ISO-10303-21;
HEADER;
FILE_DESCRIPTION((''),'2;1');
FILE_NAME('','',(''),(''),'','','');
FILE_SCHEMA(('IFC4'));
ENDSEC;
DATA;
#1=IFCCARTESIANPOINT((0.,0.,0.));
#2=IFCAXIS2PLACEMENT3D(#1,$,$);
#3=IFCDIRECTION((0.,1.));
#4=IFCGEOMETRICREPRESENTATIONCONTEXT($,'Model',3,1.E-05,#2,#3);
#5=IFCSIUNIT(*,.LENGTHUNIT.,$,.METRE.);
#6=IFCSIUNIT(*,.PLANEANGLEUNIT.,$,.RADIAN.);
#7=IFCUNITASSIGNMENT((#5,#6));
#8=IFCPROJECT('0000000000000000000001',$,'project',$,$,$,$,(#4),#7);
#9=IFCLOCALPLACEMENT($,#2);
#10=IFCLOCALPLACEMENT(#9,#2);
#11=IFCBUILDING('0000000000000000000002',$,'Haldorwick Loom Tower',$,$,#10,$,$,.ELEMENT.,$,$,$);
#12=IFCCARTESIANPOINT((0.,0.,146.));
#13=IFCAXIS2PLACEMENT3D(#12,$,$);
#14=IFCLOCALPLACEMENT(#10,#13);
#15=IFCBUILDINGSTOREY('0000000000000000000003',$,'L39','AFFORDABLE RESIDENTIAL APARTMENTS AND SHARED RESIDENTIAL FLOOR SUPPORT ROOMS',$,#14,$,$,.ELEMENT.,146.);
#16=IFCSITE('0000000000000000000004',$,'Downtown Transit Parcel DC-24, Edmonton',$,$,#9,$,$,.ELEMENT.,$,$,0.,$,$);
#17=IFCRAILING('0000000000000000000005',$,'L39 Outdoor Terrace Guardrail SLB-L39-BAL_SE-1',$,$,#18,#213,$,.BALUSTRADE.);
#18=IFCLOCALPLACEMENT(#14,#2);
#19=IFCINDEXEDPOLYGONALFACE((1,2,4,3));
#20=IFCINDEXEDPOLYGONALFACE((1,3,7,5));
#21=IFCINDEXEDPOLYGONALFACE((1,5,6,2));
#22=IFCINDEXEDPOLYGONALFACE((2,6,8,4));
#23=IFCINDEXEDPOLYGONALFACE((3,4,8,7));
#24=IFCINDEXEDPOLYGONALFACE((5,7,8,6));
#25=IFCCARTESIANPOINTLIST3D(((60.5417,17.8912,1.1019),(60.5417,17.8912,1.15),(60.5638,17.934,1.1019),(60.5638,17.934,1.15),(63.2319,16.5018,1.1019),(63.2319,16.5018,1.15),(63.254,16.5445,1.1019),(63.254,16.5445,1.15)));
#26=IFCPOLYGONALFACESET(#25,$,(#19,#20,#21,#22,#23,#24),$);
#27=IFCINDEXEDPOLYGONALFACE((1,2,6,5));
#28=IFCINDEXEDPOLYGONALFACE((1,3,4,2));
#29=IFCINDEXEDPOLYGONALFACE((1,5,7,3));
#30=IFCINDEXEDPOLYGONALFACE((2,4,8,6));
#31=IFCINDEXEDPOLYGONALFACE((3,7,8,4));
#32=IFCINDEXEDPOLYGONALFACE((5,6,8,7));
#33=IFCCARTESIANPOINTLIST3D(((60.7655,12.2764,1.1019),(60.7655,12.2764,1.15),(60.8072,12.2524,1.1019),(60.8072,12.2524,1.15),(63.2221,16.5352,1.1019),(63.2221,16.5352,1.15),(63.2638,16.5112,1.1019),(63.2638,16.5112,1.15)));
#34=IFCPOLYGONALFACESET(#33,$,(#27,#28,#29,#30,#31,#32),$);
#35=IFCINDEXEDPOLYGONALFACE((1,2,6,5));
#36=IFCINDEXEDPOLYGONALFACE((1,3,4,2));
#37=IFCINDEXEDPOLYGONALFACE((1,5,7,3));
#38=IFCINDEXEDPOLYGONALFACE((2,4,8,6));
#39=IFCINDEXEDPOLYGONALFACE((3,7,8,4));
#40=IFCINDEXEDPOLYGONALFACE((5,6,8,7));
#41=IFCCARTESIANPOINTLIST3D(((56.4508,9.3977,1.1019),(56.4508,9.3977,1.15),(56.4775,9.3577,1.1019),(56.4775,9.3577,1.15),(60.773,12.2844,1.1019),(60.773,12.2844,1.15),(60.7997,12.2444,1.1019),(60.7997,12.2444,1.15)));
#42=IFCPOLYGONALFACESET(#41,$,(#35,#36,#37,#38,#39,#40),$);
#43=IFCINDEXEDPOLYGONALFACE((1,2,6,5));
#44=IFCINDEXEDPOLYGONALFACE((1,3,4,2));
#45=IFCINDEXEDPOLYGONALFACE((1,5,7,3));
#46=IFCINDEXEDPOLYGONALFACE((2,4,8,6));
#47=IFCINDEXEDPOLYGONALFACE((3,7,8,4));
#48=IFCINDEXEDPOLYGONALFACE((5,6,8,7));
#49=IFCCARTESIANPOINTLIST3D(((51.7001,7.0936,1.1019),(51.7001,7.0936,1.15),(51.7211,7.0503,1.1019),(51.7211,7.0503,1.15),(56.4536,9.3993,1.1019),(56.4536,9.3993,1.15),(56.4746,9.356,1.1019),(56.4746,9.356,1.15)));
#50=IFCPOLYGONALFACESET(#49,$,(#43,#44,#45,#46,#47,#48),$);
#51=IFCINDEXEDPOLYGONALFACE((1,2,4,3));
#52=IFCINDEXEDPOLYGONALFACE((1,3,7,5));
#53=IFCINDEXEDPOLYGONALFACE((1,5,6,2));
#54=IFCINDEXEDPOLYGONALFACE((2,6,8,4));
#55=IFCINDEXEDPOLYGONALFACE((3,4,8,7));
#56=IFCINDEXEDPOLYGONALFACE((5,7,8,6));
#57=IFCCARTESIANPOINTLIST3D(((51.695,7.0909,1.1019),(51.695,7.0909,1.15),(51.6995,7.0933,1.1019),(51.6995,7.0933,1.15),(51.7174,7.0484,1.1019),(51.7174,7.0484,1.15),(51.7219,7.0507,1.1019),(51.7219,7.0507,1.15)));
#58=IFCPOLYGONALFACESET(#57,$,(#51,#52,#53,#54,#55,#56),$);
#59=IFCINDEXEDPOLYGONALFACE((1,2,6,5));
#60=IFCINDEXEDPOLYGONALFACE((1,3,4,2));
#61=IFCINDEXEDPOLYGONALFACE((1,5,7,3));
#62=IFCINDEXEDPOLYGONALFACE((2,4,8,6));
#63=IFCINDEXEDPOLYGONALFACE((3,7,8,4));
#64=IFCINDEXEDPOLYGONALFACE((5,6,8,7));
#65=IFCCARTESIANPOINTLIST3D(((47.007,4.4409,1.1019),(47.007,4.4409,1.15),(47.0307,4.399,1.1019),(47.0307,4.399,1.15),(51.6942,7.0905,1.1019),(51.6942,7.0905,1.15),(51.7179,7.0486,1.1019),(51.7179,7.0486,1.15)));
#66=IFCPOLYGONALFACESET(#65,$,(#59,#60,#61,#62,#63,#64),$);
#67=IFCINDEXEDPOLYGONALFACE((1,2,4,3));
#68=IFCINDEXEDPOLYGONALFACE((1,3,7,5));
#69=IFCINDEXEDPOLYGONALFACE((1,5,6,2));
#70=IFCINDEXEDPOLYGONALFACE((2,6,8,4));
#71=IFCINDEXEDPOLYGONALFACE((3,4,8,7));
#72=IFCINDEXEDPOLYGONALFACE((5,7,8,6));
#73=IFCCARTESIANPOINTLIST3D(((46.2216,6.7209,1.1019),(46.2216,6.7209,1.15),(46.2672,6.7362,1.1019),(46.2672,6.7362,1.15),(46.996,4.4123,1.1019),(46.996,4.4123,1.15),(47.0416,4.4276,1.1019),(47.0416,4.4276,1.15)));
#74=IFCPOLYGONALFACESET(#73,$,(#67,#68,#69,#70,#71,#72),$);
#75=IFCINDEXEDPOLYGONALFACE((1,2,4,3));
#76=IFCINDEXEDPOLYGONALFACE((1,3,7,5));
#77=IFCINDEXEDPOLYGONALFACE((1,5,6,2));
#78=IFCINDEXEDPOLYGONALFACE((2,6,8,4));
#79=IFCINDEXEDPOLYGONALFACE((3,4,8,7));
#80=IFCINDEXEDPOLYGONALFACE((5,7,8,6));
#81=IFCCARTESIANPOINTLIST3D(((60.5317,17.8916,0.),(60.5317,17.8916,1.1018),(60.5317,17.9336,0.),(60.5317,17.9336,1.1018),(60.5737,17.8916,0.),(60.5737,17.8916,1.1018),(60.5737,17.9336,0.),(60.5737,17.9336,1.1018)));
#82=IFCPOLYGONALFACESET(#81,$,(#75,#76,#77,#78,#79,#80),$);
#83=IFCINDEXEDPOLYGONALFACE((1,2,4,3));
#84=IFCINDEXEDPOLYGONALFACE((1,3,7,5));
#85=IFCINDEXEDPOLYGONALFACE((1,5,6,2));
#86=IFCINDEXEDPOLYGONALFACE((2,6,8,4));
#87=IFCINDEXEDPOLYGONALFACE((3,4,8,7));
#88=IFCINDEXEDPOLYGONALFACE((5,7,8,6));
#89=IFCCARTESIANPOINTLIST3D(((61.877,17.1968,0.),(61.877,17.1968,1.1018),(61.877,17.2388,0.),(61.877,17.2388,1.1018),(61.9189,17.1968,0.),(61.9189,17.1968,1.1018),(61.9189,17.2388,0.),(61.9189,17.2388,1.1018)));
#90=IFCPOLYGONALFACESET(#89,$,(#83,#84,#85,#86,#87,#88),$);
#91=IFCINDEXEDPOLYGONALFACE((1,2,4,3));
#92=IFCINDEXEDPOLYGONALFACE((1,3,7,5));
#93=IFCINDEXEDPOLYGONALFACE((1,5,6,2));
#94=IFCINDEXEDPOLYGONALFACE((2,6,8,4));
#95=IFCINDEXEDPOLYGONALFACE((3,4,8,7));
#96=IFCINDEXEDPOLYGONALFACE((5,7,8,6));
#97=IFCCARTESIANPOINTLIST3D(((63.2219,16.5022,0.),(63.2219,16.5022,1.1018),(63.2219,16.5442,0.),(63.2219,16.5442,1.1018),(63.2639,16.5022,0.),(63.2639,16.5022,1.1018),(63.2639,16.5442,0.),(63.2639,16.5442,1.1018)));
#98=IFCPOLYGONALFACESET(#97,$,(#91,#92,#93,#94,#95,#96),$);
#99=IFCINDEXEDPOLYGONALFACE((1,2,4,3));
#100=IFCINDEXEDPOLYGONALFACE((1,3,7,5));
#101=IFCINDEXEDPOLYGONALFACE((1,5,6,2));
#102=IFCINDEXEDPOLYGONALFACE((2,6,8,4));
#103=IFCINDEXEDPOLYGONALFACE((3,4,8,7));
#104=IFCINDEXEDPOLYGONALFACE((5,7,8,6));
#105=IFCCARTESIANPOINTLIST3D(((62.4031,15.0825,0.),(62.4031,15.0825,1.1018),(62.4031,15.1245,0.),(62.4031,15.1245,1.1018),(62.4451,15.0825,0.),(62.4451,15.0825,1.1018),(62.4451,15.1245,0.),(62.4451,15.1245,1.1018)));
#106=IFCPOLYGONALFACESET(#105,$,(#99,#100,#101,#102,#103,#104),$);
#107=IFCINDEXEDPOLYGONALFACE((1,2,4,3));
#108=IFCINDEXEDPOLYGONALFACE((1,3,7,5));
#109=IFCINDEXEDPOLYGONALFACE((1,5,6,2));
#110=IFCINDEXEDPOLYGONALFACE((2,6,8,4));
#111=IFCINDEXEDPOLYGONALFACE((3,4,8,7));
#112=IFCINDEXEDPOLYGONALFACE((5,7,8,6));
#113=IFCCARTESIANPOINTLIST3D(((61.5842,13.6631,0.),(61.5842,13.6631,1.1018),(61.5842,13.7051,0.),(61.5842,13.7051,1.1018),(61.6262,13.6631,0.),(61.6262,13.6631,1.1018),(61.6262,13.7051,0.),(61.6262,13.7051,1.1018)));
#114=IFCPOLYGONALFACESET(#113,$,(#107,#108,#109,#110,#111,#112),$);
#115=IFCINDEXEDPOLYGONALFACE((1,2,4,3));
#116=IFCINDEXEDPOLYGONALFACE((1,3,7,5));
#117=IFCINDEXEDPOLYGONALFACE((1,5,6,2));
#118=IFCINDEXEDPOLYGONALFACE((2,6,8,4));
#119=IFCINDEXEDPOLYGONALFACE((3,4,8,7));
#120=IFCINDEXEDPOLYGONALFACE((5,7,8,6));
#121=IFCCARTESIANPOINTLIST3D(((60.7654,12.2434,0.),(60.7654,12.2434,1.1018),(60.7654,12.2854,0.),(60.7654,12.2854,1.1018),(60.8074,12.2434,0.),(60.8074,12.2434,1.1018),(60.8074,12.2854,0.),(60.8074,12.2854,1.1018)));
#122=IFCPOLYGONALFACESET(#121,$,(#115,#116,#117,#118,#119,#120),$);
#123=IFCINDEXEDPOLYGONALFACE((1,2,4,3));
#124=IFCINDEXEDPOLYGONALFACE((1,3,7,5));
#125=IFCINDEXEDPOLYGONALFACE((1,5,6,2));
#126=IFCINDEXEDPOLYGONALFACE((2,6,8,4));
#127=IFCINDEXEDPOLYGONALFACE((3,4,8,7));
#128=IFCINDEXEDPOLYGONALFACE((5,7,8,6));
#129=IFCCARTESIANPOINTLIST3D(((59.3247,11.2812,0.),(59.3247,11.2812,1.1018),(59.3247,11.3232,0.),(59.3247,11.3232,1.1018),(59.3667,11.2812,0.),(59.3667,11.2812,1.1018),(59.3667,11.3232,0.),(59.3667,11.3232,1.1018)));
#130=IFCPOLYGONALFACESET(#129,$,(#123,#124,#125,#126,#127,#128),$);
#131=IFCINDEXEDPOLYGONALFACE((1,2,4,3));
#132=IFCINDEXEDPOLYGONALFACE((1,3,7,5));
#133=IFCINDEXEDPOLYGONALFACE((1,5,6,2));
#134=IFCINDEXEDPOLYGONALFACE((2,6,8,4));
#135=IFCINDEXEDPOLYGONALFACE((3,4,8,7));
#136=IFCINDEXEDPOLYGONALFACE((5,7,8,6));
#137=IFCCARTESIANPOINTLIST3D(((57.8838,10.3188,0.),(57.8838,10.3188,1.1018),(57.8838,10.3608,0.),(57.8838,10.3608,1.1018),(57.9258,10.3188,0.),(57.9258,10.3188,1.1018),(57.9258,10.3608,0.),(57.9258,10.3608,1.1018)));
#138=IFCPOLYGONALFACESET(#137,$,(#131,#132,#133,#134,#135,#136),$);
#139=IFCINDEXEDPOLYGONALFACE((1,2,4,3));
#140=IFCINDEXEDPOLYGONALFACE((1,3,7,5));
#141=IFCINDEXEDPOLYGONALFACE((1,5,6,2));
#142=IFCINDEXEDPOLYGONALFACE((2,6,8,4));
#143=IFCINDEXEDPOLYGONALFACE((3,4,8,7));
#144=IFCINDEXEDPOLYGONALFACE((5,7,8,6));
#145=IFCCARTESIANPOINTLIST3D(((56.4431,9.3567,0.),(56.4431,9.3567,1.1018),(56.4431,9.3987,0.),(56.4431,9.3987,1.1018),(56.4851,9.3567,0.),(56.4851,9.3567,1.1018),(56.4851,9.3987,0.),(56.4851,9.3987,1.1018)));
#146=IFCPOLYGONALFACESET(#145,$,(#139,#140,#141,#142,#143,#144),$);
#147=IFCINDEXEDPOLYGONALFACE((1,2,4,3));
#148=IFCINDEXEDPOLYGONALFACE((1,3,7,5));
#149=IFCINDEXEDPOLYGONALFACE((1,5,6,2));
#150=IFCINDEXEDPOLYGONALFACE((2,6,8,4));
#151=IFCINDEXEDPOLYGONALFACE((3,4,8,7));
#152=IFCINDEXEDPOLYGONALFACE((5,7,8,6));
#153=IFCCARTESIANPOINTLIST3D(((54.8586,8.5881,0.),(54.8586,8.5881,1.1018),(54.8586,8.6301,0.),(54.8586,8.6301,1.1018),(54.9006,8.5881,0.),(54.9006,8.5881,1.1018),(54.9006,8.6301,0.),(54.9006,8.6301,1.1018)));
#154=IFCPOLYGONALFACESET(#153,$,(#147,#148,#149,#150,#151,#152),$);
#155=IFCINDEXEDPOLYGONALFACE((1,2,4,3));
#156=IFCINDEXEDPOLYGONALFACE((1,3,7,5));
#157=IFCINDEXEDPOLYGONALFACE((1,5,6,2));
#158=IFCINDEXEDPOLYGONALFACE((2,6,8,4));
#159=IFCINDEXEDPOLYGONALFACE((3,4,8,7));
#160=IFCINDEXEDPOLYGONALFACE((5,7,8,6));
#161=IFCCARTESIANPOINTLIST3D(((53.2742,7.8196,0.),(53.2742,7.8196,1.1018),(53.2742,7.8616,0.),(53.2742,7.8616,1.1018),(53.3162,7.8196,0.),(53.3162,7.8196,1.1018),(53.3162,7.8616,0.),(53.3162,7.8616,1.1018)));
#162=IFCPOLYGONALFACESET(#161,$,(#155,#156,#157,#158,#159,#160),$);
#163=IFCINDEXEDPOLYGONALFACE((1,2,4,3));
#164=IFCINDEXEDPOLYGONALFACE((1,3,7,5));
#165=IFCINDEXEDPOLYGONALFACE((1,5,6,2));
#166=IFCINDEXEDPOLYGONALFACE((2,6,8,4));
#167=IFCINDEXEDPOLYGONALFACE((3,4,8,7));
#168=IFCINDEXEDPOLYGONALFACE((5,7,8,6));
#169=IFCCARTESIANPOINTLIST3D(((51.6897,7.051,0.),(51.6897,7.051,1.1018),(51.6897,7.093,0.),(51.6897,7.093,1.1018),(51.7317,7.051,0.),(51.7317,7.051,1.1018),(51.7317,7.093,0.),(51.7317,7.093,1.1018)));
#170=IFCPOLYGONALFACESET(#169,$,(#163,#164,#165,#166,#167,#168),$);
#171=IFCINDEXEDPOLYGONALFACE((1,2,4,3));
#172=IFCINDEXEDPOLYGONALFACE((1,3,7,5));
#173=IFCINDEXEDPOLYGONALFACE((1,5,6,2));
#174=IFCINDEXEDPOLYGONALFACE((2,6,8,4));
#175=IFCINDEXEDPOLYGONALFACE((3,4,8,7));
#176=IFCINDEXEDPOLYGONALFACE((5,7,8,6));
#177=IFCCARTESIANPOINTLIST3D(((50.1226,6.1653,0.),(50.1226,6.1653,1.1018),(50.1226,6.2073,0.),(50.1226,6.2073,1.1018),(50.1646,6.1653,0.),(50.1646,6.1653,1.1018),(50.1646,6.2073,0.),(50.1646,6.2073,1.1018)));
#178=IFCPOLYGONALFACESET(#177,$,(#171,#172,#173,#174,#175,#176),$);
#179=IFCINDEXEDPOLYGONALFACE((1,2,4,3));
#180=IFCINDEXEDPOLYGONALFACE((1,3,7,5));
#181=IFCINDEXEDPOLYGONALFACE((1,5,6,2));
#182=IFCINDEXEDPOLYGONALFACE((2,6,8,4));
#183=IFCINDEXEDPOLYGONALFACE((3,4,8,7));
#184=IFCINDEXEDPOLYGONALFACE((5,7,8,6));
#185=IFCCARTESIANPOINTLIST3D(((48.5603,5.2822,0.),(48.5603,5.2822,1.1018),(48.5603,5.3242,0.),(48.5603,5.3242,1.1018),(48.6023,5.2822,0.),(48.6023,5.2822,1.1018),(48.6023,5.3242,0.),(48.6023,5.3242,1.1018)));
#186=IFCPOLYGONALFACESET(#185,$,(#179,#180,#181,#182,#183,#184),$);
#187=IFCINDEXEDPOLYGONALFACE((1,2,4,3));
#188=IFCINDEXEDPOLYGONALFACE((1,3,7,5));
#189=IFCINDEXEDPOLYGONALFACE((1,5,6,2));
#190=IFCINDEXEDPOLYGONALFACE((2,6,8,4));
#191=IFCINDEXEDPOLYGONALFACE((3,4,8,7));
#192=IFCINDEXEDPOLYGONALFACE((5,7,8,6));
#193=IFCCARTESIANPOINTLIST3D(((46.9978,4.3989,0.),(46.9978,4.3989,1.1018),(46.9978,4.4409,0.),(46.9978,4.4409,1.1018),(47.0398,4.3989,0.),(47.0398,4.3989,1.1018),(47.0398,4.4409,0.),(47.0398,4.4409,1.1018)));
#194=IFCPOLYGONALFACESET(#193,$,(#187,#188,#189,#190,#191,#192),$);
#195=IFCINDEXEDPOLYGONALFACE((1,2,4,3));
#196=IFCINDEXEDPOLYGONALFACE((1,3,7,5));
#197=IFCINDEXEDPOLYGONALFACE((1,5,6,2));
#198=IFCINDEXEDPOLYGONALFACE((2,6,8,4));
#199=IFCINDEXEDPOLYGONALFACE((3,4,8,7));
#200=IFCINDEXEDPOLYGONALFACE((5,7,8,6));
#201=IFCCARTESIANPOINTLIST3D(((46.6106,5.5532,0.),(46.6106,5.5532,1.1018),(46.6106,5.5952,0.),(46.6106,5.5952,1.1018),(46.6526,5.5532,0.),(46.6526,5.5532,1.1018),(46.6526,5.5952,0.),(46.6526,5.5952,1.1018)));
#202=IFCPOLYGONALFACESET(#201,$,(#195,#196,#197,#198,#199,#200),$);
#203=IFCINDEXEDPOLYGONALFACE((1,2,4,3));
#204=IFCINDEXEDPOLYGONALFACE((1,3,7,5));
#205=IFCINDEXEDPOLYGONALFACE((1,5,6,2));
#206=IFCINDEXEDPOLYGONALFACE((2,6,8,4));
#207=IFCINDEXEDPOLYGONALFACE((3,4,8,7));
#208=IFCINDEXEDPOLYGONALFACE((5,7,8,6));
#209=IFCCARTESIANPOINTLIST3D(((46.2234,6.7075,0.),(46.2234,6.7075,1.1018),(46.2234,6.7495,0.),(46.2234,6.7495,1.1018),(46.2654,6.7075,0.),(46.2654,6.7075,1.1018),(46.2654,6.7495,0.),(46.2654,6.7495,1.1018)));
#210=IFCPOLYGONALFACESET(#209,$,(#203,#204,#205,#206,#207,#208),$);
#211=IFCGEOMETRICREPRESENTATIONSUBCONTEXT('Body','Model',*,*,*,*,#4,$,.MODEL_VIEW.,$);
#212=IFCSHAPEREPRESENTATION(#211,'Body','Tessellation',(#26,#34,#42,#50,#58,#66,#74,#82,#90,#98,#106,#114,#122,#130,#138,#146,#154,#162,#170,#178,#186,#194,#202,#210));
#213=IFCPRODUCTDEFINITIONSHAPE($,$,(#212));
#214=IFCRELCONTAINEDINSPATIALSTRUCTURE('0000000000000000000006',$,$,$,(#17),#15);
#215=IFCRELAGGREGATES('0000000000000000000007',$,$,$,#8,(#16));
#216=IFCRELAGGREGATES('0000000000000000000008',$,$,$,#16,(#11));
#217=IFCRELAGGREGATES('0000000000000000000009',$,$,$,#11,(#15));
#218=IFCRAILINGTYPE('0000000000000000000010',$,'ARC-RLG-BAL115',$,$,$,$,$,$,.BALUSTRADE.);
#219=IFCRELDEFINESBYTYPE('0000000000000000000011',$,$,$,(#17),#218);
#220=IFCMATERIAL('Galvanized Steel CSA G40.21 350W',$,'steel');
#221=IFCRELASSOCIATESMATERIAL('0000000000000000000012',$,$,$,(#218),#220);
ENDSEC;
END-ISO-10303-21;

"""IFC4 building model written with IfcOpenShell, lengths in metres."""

from ifc_helpers import new_model, si_unit, direction, frame, origin, origin_2d, place, context, subcontext, project, spatial, rectangle, extrude, material, type_object, element, save


model = new_model("IFC4")

# Units and contexts
model_context = context("Model", 3, precision=1e-05, world=origin(), true_north=direction((0.0, 1.0)))
body_context = subcontext(model_context, "Body", "Model", "MODEL_VIEW")
ifc_project = project(units=[si_unit("LENGTHUNIT", "METRE"), si_unit("PLANEANGLEUNIT", "RADIAN")], contexts=[model_context])

# Site, building, storey
site_placement = place(None, origin())
site = spatial("IfcSite", under=ifc_project, at=site_placement, Name="Downtown Transit Parcel DC-24, Edmonton", CompositionType="ELEMENT", RefElevation=0.0)
building_placement = place(site_placement, origin())
building = spatial("IfcBuilding", under=site, at=building_placement, Name="Haldorwick Loom Tower", CompositionType="ELEMENT")
storey_placement = place(building_placement, frame((0.0, 0.0, 146.0)))
storey = spatial("IfcBuildingStorey", under=building, at=storey_placement, Name="L39", Description="AFFORDABLE RESIDENTIAL APARTMENTS AND SHARED RESIDENTIAL FLOOR SUPPORT ROOMS", CompositionType="ELEMENT", Elevation=146.0)

# Railing
ifc_material_1 = material(Name="Galvanized Steel CSA G40.21 350W", Category="steel")
railing_type = type_object("IfcRailingType", Name="ARC-RLG-BAL115", PredefinedType="BALUSTRADE", material=ifc_material_1)
railing_placement = place(storey_placement, frame((60.5527, 17.9126, 0.0)))
element("IfcRailing", 1, at=railing_placement, inside=storey, type_object=railing_type, Name="L39 Outdoor Terrace Guardrail SLB-L39-BAL_SE-1", PredefinedType="BALUSTRADE", context=body_context, shape_type="SweptSolid", body=[
    extrude(rectangle(XDim=0.0481, YDim=0.0481, at=origin_2d()), frame((0.0, 0.0, 1.126), z_axis=(0.888497, -0.458883, 0.0), x_axis=(0.458883, 0.888497, 0.0)), (0.0, 0.0, 1.0), 3.0278),
    extrude(rectangle(XDim=0.0481, YDim=0.0481, at=origin_2d()), frame((2.6902, -1.3894, 1.126), z_axis=(-0.499654, -0.866225, 0.0), x_axis=(0.866225, -0.499654, 0.0)), (0.0, 0.0, 1.0), 4.9165),
    extrude(rectangle(XDim=0.0481, YDim=0.0481, at=origin_2d()), frame((0.2336, -5.6482, 1.126), z_axis=(-0.831588, -0.555394, 0.0), x_axis=(0.555394, -0.831588, 0.0)), (0.0, 0.0, 1.0), 5.1975),
    extrude(rectangle(XDim=0.0481, YDim=0.0481, at=origin_2d()), frame((-4.0886, -8.5349, 1.126), z_axis=(-0.899742, -0.436423, 0.0), x_axis=(0.436423, -0.899742, 0.0)), (0.0, 0.0, 1.0), 5.2832),
    extrude(rectangle(XDim=0.0481, YDim=0.0481, at=origin_2d()), frame((-8.842, -10.8406, 1.126), z_axis=(-0.884918, -0.465746, 0.0), x_axis=(0.465746, -0.884918, 0.0)), (0.0, 0.0, 1.0), 0.0051),
    extrude(rectangle(XDim=0.0481, YDim=0.0481, at=origin_2d()), frame((-8.8467, -10.843, 1.126), z_axis=(-0.870536, -0.492105, 0.0), x_axis=(0.492105, -0.870536, 0.0)), (0.0, 0.0, 1.0), 5.3843),
    extrude(rectangle(XDim=0.0481, YDim=0.0481, at=origin_2d()), frame((-13.5339, -13.4927, 1.126), z_axis=(-0.318032, 0.94808, 0.0), x_axis=(-0.94808, -0.318032, 0.0)), (0.0, 0.0, 1.0), 2.4351),
    extrude(rectangle(XDim=0.042, YDim=0.042, at=origin_2d()), origin(), (0.0, 0.0, 1.0), 1.1018),
    extrude(rectangle(XDim=0.042, YDim=0.042, at=origin_2d()), frame((1.3452, -0.6948, 0.0)), (0.0, 0.0, 1.0), 1.1018),
    extrude(rectangle(XDim=0.042, YDim=0.042, at=origin_2d()), frame((2.6902, -1.3894, 0.0)), (0.0, 0.0, 1.0), 1.1018),
    extrude(rectangle(XDim=0.042, YDim=0.042, at=origin_2d()), frame((1.8713, -2.8091, 0.0)), (0.0, 0.0, 1.0), 1.1018),
    extrude(rectangle(XDim=0.042, YDim=0.042, at=origin_2d()), frame((1.0525, -4.2285, 0.0)), (0.0, 0.0, 1.0), 1.1018),
    extrude(rectangle(XDim=0.042, YDim=0.042, at=origin_2d()), frame((0.2336, -5.6482, 0.0)), (0.0, 0.0, 1.0), 1.1018),
    extrude(rectangle(XDim=0.042, YDim=0.042, at=origin_2d()), frame((-1.207, -6.6104, 0.0)), (0.0, 0.0, 1.0), 1.1018),
    extrude(rectangle(XDim=0.042, YDim=0.042, at=origin_2d()), frame((-2.6479, -7.5728, 0.0)), (0.0, 0.0, 1.0), 1.1018),
    extrude(rectangle(XDim=0.042, YDim=0.042, at=origin_2d()), frame((-4.0886, -8.5349, 0.0)), (0.0, 0.0, 1.0), 1.1018),
    extrude(rectangle(XDim=0.042, YDim=0.042, at=origin_2d()), frame((-5.6731, -9.3035, 0.0)), (0.0, 0.0, 1.0), 1.1018),
    extrude(rectangle(XDim=0.042, YDim=0.042, at=origin_2d()), frame((-7.2576, -10.072, 0.0)), (0.0, 0.0, 1.0), 1.1018),
    extrude(rectangle(XDim=0.042, YDim=0.042, at=origin_2d()), frame((-8.842, -10.8406, 0.0)), (0.0, 0.0, 1.0), 1.1018),
    extrude(rectangle(XDim=0.042, YDim=0.042, at=origin_2d()), frame((-10.4092, -11.7263, 0.0)), (0.0, 0.0, 1.0), 1.1018),
    extrude(rectangle(XDim=0.042, YDim=0.042, at=origin_2d()), frame((-11.9714, -12.6094, 0.0)), (0.0, 0.0, 1.0), 1.1018),
    extrude(rectangle(XDim=0.042, YDim=0.042, at=origin_2d()), frame((-13.5339, -13.4927, 0.0)), (0.0, 0.0, 1.0), 1.1018),
    extrude(rectangle(XDim=0.042, YDim=0.042, at=origin_2d()), frame((-13.9211, -12.3384, 0.0)), (0.0, 0.0, 1.0), 1.1018),
    extrude(rectangle(XDim=0.042, YDim=0.042, at=origin_2d()), frame((-14.3083, -11.1841, 0.0)), (0.0, 0.0, 1.0), 1.1018),
])

save(model, "model.ifc")
